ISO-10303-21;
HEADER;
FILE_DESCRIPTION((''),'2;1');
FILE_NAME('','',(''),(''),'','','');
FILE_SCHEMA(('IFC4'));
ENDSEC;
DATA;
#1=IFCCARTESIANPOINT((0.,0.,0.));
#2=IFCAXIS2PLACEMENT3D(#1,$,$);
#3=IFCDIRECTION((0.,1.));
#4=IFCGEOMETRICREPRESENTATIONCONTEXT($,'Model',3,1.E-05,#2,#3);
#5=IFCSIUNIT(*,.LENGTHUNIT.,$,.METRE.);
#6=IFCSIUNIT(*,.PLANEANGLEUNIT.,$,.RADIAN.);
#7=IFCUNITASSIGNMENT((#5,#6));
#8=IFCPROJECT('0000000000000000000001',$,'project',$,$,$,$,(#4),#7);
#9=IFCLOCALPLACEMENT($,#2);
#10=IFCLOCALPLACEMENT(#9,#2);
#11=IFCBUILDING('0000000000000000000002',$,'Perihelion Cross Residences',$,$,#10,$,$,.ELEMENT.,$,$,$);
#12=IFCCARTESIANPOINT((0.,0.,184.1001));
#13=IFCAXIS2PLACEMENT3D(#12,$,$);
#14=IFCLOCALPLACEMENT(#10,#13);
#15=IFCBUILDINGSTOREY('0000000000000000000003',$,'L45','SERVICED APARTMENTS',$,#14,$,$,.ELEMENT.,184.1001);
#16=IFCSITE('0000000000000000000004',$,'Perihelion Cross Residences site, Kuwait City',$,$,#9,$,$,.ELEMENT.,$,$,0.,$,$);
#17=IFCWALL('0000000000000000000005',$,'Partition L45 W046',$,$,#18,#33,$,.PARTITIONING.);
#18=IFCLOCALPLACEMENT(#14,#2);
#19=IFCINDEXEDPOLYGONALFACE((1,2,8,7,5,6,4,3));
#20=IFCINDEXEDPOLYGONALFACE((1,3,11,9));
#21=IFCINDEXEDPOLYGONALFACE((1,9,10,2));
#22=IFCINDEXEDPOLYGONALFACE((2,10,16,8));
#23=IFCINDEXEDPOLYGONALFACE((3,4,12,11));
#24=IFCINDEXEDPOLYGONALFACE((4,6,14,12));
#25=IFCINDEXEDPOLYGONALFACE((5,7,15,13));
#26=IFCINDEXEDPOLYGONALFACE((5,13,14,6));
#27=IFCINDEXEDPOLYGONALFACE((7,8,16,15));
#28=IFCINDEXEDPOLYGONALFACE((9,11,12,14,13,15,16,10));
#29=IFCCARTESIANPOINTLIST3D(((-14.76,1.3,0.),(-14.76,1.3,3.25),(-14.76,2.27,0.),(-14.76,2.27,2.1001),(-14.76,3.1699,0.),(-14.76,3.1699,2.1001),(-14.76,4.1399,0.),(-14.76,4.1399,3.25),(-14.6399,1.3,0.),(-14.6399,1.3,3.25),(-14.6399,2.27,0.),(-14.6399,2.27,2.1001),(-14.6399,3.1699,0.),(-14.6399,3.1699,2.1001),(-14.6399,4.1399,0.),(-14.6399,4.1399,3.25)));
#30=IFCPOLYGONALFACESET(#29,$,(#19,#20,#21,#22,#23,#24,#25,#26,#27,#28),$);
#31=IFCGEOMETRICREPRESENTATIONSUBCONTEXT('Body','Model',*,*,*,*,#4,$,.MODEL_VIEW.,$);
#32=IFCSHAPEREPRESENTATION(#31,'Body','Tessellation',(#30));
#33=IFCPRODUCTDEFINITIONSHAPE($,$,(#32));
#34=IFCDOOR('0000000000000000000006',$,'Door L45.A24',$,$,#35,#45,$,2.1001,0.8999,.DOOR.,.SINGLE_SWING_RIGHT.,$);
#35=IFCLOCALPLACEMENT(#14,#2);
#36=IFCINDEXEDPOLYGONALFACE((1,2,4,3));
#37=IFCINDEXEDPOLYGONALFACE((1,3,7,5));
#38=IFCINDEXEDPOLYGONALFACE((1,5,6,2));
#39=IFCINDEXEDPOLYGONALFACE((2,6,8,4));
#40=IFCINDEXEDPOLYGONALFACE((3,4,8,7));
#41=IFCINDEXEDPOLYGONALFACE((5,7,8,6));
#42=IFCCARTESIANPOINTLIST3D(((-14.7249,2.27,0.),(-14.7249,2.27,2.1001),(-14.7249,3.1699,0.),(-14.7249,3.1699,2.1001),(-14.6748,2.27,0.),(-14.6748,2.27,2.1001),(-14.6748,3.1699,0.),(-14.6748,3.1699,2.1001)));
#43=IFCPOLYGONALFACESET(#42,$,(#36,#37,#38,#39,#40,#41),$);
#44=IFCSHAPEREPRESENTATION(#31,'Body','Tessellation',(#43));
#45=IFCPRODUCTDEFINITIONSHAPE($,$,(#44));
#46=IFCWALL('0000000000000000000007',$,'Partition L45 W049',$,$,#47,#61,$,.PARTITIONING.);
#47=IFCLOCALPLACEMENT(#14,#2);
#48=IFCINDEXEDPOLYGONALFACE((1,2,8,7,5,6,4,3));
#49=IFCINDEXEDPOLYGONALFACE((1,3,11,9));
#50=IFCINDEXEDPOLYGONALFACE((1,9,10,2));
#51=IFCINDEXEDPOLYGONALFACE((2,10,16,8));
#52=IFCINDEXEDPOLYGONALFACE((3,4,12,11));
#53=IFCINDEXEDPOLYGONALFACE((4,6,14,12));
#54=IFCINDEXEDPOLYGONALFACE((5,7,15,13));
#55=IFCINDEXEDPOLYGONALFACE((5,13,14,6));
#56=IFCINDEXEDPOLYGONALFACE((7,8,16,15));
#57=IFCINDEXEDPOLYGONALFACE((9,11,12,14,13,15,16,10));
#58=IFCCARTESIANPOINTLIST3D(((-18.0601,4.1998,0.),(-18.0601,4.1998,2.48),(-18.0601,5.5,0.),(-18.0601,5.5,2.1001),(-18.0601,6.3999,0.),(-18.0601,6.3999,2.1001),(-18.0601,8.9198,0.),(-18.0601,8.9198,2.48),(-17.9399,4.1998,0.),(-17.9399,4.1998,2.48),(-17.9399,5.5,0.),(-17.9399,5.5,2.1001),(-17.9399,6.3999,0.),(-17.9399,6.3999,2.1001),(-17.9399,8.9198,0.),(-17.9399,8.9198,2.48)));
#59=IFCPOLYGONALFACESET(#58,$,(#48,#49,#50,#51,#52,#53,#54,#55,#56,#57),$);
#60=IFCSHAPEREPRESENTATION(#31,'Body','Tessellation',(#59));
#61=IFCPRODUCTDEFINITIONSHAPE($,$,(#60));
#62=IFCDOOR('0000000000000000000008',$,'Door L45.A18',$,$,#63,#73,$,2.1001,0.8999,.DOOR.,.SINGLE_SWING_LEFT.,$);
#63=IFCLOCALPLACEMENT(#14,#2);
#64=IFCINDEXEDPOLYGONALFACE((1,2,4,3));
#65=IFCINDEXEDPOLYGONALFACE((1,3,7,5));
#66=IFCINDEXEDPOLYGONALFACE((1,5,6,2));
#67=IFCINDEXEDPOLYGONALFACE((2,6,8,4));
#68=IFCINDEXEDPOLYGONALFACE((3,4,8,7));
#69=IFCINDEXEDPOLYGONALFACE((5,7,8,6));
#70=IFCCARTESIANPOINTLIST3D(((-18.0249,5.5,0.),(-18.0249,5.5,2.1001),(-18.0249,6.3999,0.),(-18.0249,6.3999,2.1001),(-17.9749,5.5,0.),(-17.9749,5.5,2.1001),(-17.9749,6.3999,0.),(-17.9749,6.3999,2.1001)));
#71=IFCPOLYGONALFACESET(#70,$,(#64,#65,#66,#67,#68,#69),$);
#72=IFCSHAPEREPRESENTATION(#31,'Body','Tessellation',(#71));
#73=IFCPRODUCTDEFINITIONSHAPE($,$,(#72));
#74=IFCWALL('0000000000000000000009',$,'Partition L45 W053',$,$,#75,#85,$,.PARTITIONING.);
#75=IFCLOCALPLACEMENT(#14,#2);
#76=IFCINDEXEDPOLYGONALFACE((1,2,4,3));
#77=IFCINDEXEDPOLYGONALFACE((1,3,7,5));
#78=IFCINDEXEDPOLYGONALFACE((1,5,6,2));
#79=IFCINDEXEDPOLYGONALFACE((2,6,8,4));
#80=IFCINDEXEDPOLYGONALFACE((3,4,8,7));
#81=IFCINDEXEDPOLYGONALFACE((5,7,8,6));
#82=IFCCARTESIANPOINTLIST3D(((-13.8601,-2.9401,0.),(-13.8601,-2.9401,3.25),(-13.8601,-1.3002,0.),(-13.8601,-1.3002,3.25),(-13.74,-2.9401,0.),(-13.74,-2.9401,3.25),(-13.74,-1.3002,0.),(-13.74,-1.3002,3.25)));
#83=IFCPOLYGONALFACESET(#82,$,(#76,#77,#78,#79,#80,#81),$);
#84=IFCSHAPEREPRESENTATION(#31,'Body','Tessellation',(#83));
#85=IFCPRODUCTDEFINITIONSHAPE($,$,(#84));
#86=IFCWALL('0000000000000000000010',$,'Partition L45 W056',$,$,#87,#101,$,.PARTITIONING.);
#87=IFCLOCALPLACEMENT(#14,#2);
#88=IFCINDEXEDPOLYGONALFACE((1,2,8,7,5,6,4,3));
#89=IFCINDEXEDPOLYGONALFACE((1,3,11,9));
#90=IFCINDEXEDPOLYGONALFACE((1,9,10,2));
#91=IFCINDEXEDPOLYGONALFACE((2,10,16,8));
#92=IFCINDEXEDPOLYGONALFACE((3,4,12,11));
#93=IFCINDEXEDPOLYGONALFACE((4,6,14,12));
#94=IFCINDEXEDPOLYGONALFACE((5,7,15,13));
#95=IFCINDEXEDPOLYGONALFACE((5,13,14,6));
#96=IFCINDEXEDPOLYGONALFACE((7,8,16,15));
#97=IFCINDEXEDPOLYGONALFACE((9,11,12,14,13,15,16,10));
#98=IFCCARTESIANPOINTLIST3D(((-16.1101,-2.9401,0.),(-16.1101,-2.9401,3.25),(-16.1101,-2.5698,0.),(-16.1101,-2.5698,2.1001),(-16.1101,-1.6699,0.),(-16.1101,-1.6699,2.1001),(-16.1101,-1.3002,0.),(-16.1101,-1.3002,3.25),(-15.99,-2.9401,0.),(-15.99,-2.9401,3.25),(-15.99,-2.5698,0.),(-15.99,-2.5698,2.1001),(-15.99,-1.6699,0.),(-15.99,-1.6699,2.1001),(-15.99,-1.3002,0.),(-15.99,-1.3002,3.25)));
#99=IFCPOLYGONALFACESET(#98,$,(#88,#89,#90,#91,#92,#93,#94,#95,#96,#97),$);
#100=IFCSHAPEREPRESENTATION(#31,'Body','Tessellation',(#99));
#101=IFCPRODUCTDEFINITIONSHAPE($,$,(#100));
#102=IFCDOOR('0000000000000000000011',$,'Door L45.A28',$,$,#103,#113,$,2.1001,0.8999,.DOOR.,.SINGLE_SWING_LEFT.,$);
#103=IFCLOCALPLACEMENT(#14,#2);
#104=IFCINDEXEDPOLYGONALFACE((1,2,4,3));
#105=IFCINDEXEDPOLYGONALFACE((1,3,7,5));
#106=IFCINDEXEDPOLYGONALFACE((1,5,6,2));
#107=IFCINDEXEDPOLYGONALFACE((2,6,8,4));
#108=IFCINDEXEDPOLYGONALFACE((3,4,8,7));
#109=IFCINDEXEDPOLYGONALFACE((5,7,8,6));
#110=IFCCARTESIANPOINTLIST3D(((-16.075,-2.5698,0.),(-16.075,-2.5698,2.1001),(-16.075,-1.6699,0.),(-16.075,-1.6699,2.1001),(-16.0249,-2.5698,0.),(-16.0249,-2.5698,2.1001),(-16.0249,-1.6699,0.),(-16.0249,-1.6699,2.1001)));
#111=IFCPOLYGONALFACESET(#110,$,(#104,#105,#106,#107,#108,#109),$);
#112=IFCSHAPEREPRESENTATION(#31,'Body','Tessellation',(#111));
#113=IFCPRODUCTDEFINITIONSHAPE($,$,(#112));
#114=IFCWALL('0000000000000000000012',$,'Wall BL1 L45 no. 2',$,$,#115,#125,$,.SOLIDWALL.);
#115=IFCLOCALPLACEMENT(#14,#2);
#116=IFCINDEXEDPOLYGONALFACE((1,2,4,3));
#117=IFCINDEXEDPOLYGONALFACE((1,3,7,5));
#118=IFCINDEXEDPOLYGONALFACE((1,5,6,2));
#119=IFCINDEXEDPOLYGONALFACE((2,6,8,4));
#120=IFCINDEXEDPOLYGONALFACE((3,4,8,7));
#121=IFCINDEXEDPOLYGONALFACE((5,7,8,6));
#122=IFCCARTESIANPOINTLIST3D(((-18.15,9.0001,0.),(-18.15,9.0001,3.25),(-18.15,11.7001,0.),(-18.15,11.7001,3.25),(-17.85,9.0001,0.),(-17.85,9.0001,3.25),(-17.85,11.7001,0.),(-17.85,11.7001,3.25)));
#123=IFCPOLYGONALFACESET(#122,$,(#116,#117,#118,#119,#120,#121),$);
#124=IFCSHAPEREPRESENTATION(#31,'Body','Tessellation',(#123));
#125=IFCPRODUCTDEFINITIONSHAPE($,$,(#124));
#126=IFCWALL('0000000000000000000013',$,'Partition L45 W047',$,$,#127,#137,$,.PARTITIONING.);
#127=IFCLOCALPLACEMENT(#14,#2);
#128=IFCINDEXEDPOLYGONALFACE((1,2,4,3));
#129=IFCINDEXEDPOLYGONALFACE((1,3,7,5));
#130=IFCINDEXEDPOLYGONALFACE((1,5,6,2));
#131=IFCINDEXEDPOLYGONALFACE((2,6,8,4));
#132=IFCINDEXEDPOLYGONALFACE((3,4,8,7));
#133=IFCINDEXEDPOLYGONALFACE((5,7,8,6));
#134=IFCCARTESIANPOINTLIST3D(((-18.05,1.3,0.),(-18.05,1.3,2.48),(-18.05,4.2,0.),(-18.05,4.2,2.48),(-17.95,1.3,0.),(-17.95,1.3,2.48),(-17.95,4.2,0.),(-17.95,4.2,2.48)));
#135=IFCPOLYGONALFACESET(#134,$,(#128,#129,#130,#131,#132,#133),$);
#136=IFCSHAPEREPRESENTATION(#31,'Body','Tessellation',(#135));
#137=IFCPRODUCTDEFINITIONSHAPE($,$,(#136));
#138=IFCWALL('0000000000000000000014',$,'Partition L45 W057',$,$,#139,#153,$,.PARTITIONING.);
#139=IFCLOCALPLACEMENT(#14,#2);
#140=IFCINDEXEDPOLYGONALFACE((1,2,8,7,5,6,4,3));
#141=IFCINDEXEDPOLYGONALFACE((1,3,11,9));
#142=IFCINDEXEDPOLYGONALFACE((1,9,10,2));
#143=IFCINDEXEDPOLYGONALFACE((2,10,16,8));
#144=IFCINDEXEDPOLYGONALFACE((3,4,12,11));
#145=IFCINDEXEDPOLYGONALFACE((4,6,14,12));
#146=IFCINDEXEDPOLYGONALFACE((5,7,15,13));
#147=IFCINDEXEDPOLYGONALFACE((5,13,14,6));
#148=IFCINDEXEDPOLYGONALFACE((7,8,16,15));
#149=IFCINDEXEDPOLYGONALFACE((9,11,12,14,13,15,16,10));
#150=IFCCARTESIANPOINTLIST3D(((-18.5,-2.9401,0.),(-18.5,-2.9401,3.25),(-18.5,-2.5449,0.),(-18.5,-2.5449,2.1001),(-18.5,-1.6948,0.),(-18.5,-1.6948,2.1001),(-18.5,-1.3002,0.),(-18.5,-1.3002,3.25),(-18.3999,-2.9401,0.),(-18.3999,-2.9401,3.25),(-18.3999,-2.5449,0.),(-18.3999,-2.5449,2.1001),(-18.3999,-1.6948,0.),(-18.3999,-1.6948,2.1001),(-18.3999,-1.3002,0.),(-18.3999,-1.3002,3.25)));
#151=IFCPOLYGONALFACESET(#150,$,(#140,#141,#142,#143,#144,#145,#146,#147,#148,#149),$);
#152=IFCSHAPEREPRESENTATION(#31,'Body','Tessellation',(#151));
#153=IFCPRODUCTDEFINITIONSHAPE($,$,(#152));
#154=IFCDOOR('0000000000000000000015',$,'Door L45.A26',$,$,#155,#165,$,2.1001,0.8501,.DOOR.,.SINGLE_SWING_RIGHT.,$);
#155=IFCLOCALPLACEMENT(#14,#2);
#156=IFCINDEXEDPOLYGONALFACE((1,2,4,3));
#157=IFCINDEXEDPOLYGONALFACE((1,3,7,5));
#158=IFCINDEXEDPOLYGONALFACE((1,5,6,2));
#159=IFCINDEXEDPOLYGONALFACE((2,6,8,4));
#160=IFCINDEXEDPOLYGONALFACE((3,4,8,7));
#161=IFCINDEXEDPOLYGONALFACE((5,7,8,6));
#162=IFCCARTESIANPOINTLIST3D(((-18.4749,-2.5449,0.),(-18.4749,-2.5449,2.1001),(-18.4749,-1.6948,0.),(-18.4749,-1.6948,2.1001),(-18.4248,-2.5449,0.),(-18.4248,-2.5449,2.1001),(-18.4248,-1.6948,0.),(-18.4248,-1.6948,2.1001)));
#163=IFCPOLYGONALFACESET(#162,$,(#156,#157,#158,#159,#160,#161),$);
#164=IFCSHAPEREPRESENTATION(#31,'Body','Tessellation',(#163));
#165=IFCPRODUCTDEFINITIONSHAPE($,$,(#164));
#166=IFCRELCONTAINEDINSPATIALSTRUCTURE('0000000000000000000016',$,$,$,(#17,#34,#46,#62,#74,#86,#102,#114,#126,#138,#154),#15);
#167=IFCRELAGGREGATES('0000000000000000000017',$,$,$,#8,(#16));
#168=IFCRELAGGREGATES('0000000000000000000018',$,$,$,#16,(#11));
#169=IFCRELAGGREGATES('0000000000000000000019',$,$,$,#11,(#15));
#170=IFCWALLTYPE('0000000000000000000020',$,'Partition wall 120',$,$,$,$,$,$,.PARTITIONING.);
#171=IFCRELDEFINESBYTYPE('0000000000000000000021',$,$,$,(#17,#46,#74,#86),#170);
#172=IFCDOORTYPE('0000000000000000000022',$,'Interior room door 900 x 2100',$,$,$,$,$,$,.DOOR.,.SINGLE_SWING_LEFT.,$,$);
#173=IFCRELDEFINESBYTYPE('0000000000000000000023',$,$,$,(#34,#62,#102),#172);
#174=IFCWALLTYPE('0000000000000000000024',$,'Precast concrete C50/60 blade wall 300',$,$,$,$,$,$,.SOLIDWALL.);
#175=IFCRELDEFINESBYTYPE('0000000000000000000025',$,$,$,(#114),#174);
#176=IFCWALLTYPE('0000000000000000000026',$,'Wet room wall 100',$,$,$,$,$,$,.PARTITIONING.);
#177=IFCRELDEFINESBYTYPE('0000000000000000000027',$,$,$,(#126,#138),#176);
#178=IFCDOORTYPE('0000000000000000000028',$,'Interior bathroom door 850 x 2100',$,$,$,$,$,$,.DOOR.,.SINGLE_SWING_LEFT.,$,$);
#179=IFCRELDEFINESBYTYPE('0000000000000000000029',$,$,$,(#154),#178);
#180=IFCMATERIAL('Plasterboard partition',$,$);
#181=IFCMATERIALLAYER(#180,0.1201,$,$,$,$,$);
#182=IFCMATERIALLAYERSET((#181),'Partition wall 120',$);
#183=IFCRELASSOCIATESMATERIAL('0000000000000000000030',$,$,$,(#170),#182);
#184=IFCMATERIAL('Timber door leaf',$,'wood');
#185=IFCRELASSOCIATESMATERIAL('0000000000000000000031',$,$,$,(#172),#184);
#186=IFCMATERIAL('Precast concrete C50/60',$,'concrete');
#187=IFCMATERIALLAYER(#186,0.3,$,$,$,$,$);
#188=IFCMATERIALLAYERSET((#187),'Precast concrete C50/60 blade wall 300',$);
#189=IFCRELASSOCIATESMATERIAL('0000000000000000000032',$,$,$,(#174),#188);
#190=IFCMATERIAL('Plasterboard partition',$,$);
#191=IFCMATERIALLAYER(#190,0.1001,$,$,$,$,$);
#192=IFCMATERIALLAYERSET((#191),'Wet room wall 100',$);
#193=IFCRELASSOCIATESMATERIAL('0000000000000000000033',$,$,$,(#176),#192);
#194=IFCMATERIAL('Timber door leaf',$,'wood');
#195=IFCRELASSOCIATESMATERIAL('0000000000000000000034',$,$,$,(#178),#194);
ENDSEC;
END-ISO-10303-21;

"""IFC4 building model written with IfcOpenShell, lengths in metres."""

from ifc_helpers import new_model, si_unit, direction, frame, frame_2d, origin, place, context, subcontext, project, spatial, rectangle, extrude, material, layer, layer_set, type_object, element, fill, save


model = new_model("IFC4")

# Units and contexts
model_context = context("Model", 3, precision=1e-05, world=origin(), true_north=direction((0.0, 1.0)))
body_context = subcontext(model_context, "Body", "Model", "MODEL_VIEW")
ifc_project = project(units=[si_unit("LENGTHUNIT", "METRE"), si_unit("PLANEANGLEUNIT", "RADIAN")], contexts=[model_context])

# Site, building, storey
site_placement = place(None, origin())
site = spatial("IfcSite", under=ifc_project, at=site_placement, Name="Perihelion Cross Residences site, Kuwait City", CompositionType="ELEMENT", RefElevation=0.0)
building_placement = place(site_placement, origin())
building = spatial("IfcBuilding", under=site, at=building_placement, Name="Perihelion Cross Residences", CompositionType="ELEMENT")
storey_placement = place(building_placement, frame((0.0, 0.0, 184.1001)))
storey = spatial("IfcBuildingStorey", under=building, at=storey_placement, Name="L45", Description="SERVICED APARTMENTS", CompositionType="ELEMENT", Elevation=184.1001)

# Walls, openings, doors
ifc_material_1 = material(Name="Plasterboard partition")
ifc_layer_1 = layer(ifc_material_1, 0.1201)
ifc_layer_set_1 = layer_set([ifc_layer_1], Name="Partition wall 120")
wall_type_1 = type_object("IfcWallType", Name="Partition wall 120", PredefinedType="PARTITIONING", material=ifc_layer_set_1)
ifc_material_2 = material(Name="Timber door leaf", Category="wood")
door_type_1 = type_object("IfcDoorType", Name="Interior room door 900 x 2100", OperationType="SINGLE_SWING_LEFT", PredefinedType="DOOR", material=ifc_material_2)
wall_1_placement = place(storey_placement, frame((-14.7, 1.3, 0.0), z_axis=(0.0, 0.0, 1.0), x_axis=(0.0, 1.0, 0.0)))
wall_1 = element("IfcWall", 1, at=wall_1_placement, inside=storey, type_object=wall_type_1, Name="Partition L45 W046", PredefinedType="PARTITIONING", context=body_context, shape_type="SweptSolid", body=[
    extrude(rectangle(XDim=2.8398, YDim=0.1201, at=frame_2d((1.4199, 0.0))), origin(), (0.0, 0.0, 1.0), 3.25),
])
opening_1_placement = place(wall_1_placement, frame((0.97, 0.0, 0.0)))
opening_1 = element("IfcOpeningElement", 2, at=opening_1_placement, cuts=wall_1, PredefinedType="OPENING", context=body_context, shape_type="SweptSolid", body=[
    extrude(rectangle(XDim=0.8999, YDim=2.1001, at=frame_2d((0.45, 1.05))), frame((0.0, 0.0701, 0.0), z_axis=(0.0, -1.0, 0.0), x_axis=(1.0, 0.0, 0.0)), (0.0, 0.0, 1.0), 0.1401),
])
door_1_placement = place(opening_1_placement, origin())
door_1 = element("IfcDoor", 3, at=door_1_placement, inside=storey, type_object=door_type_1, Name="Door L45.A24", OperationType="SINGLE_SWING_RIGHT", OverallHeight=2.1001, OverallWidth=0.8999, PredefinedType="DOOR", context=body_context, shape_type="SweptSolid", body=[
    extrude(rectangle(XDim=0.8999, YDim=2.1001, at=frame_2d((0.45, 1.05))), frame((0.0, 0.0249, 0.0), z_axis=(0.0, -1.0, 0.0), x_axis=(1.0, 0.0, 0.0)), (0.0, 0.0, 1.0), 0.05),
])
fill(opening_1, door_1)
wall_2_placement = place(storey_placement, frame((-18.0, 4.2, 0.0), z_axis=(0.0, 0.0, 1.0), x_axis=(0.0, 1.0, 0.0)))
wall_2 = element("IfcWall", 4, at=wall_2_placement, inside=storey, type_object=wall_type_1, Name="Partition L45 W049", PredefinedType="PARTITIONING", context=body_context, shape_type="SweptSolid", body=[
    extrude(rectangle(XDim=4.72, YDim=0.1201, at=frame_2d((2.3599, 0.0))), origin(), (0.0, 0.0, 1.0), 2.48),
])
opening_2_placement = place(wall_2_placement, frame((1.3, 0.0, 0.0)))
opening_2 = element("IfcOpeningElement", 5, at=opening_2_placement, cuts=wall_2, PredefinedType="OPENING", context=body_context, shape_type="SweptSolid", body=[
    extrude(rectangle(XDim=0.8999, YDim=2.1001, at=frame_2d((0.45, 1.05))), frame((0.0, 0.0701, 0.0), z_axis=(0.0, -1.0, 0.0), x_axis=(1.0, 0.0, 0.0)), (0.0, 0.0, 1.0), 0.1401),
])
door_2_placement = place(opening_2_placement, origin())
door_2 = element("IfcDoor", 6, at=door_2_placement, inside=storey, type_object=door_type_1, Name="Door L45.A18", OperationType="SINGLE_SWING_LEFT", OverallHeight=2.1001, OverallWidth=0.8999, PredefinedType="DOOR", context=body_context, shape_type="SweptSolid", body=[
    extrude(rectangle(XDim=0.8999, YDim=2.1001, at=frame_2d((0.45, 1.05))), frame((0.0, 0.0249, 0.0), z_axis=(0.0, -1.0, 0.0), x_axis=(1.0, 0.0, 0.0)), (0.0, 0.0, 1.0), 0.05),
])
fill(opening_2, door_2)

# Wall
wall_3_placement = place(storey_placement, frame((-13.8, -2.9399, 0.0), z_axis=(0.0, 0.0, 1.0), x_axis=(0.0, 1.0, 0.0)))
element("IfcWall", 7, at=wall_3_placement, inside=storey, type_object=wall_type_1, Name="Partition L45 W053", PredefinedType="PARTITIONING", context=body_context, shape_type="SweptSolid", body=[
    extrude(rectangle(XDim=1.6399, YDim=0.1201, at=frame_2d((0.8198, 0.0))), origin(), (0.0, 0.0, 1.0), 3.25),
])

# Wall, opening, door
wall_4_placement = place(storey_placement, frame((-16.05, -2.9399, 0.0), z_axis=(0.0, 0.0, 1.0), x_axis=(0.0, 1.0, 0.0)))
wall_4 = element("IfcWall", 8, at=wall_4_placement, inside=storey, type_object=wall_type_1, Name="Partition L45 W056", PredefinedType="PARTITIONING", context=body_context, shape_type="SweptSolid", body=[
    extrude(rectangle(XDim=1.6399, YDim=0.1201, at=frame_2d((0.8198, 0.0))), origin(), (0.0, 0.0, 1.0), 3.25),
])
opening_3_placement = place(wall_4_placement, frame((0.3701, 0.0, 0.0)))
opening_3 = element("IfcOpeningElement", 9, at=opening_3_placement, cuts=wall_4, PredefinedType="OPENING", context=body_context, shape_type="SweptSolid", body=[
    extrude(rectangle(XDim=0.8999, YDim=2.1001, at=frame_2d((0.45, 1.05))), frame((0.0, 0.0701, 0.0), z_axis=(0.0, -1.0, 0.0), x_axis=(1.0, 0.0, 0.0)), (0.0, 0.0, 1.0), 0.1401),
])
door_3_placement = place(opening_3_placement, origin())
door_3 = element("IfcDoor", 10, at=door_3_placement, inside=storey, type_object=door_type_1, Name="Door L45.A28", OperationType="SINGLE_SWING_LEFT", OverallHeight=2.1001, OverallWidth=0.8999, PredefinedType="DOOR", context=body_context, shape_type="SweptSolid", body=[
    extrude(rectangle(XDim=0.8999, YDim=2.1001, at=frame_2d((0.45, 1.05))), frame((0.0, 0.0249, 0.0), z_axis=(0.0, -1.0, 0.0), x_axis=(1.0, 0.0, 0.0)), (0.0, 0.0, 1.0), 0.05),
])
fill(opening_3, door_3)

# Walls
ifc_material_3 = material(Name="Precast concrete C50/60", Category="concrete")
ifc_layer_2 = layer(ifc_material_3, 0.3)
ifc_layer_set_2 = layer_set([ifc_layer_2], Name="Precast concrete C50/60 blade wall 300")
wall_type_2 = type_object("IfcWallType", Name="Precast concrete C50/60 blade wall 300", PredefinedType="SOLIDWALL", material=ifc_layer_set_2)
wall_5_placement = place(storey_placement, frame((-18.0, 9.0, 0.0), z_axis=(0.0, 0.0, 1.0), x_axis=(0.0, 1.0, 0.0)))
element("IfcWall", 11, at=wall_5_placement, inside=storey, type_object=wall_type_2, Name="Wall BL1 L45 no. 2", PredefinedType="SOLIDWALL", context=body_context, shape_type="SweptSolid", body=[
    extrude(rectangle(XDim=2.7, YDim=0.3, at=frame_2d((1.3501, 0.0))), origin(), (0.0, 0.0, 1.0), 3.25),
])
ifc_material_4 = material(Name="Plasterboard partition")
ifc_layer_3 = layer(ifc_material_4, 0.1001)
ifc_layer_set_3 = layer_set([ifc_layer_3], Name="Wet room wall 100")
wall_type_3 = type_object("IfcWallType", Name="Wet room wall 100", PredefinedType="PARTITIONING", material=ifc_layer_set_3)
wall_6_placement = place(storey_placement, frame((-18.0, 1.3, 0.0), z_axis=(0.0, 0.0, 1.0), x_axis=(0.0, 1.0, 0.0)))
element("IfcWall", 12, at=wall_6_placement, inside=storey, type_object=wall_type_3, Name="Partition L45 W047", PredefinedType="PARTITIONING", context=body_context, shape_type="SweptSolid", body=[
    extrude(rectangle(XDim=2.8999, YDim=0.1001, at=frame_2d((1.45, 0.0))), origin(), (0.0, 0.0, 1.0), 2.48),
])

# Wall, opening, door
wall_7_placement = place(storey_placement, frame((-18.45, -2.9399, 0.0), z_axis=(0.0, 0.0, 1.0), x_axis=(0.0, 1.0, 0.0)))
wall_7 = element("IfcWall", 13, at=wall_7_placement, inside=storey, type_object=wall_type_3, Name="Partition L45 W057", PredefinedType="PARTITIONING", context=body_context, shape_type="SweptSolid", body=[
    extrude(rectangle(XDim=1.6399, YDim=0.1001, at=frame_2d((0.8198, 0.0))), origin(), (0.0, 0.0, 1.0), 3.25),
])
opening_4_placement = place(wall_7_placement, frame((0.395, 0.0, 0.0)))
opening_4 = element("IfcOpeningElement", 14, at=opening_4_placement, cuts=wall_7, PredefinedType="OPENING", context=body_context, shape_type="SweptSolid", body=[
    extrude(rectangle(XDim=0.8501, YDim=2.1001, at=frame_2d((0.425, 1.05))), frame((0.0, 0.0601, 0.0), z_axis=(0.0, -1.0, 0.0), x_axis=(1.0, 0.0, 0.0)), (0.0, 0.0, 1.0), 0.1201),
])
ifc_material_5 = material(Name="Timber door leaf", Category="wood")
door_type_2 = type_object("IfcDoorType", Name="Interior bathroom door 850 x 2100", OperationType="SINGLE_SWING_LEFT", PredefinedType="DOOR", material=ifc_material_5)
door_4_placement = place(opening_4_placement, origin())
door_4 = element("IfcDoor", 15, at=door_4_placement, inside=storey, type_object=door_type_2, Name="Door L45.A26", OperationType="SINGLE_SWING_RIGHT", OverallHeight=2.1001, OverallWidth=0.8501, PredefinedType="DOOR", context=body_context, shape_type="SweptSolid", body=[
    extrude(rectangle(XDim=0.8501, YDim=2.1001, at=frame_2d((0.425, 1.05))), frame((0.0, 0.0249, 0.0), z_axis=(0.0, -1.0, 0.0), x_axis=(1.0, 0.0, 0.0)), (0.0, 0.0, 1.0), 0.05),
])
fill(opening_4, door_4)

save(model, "model.ifc")
